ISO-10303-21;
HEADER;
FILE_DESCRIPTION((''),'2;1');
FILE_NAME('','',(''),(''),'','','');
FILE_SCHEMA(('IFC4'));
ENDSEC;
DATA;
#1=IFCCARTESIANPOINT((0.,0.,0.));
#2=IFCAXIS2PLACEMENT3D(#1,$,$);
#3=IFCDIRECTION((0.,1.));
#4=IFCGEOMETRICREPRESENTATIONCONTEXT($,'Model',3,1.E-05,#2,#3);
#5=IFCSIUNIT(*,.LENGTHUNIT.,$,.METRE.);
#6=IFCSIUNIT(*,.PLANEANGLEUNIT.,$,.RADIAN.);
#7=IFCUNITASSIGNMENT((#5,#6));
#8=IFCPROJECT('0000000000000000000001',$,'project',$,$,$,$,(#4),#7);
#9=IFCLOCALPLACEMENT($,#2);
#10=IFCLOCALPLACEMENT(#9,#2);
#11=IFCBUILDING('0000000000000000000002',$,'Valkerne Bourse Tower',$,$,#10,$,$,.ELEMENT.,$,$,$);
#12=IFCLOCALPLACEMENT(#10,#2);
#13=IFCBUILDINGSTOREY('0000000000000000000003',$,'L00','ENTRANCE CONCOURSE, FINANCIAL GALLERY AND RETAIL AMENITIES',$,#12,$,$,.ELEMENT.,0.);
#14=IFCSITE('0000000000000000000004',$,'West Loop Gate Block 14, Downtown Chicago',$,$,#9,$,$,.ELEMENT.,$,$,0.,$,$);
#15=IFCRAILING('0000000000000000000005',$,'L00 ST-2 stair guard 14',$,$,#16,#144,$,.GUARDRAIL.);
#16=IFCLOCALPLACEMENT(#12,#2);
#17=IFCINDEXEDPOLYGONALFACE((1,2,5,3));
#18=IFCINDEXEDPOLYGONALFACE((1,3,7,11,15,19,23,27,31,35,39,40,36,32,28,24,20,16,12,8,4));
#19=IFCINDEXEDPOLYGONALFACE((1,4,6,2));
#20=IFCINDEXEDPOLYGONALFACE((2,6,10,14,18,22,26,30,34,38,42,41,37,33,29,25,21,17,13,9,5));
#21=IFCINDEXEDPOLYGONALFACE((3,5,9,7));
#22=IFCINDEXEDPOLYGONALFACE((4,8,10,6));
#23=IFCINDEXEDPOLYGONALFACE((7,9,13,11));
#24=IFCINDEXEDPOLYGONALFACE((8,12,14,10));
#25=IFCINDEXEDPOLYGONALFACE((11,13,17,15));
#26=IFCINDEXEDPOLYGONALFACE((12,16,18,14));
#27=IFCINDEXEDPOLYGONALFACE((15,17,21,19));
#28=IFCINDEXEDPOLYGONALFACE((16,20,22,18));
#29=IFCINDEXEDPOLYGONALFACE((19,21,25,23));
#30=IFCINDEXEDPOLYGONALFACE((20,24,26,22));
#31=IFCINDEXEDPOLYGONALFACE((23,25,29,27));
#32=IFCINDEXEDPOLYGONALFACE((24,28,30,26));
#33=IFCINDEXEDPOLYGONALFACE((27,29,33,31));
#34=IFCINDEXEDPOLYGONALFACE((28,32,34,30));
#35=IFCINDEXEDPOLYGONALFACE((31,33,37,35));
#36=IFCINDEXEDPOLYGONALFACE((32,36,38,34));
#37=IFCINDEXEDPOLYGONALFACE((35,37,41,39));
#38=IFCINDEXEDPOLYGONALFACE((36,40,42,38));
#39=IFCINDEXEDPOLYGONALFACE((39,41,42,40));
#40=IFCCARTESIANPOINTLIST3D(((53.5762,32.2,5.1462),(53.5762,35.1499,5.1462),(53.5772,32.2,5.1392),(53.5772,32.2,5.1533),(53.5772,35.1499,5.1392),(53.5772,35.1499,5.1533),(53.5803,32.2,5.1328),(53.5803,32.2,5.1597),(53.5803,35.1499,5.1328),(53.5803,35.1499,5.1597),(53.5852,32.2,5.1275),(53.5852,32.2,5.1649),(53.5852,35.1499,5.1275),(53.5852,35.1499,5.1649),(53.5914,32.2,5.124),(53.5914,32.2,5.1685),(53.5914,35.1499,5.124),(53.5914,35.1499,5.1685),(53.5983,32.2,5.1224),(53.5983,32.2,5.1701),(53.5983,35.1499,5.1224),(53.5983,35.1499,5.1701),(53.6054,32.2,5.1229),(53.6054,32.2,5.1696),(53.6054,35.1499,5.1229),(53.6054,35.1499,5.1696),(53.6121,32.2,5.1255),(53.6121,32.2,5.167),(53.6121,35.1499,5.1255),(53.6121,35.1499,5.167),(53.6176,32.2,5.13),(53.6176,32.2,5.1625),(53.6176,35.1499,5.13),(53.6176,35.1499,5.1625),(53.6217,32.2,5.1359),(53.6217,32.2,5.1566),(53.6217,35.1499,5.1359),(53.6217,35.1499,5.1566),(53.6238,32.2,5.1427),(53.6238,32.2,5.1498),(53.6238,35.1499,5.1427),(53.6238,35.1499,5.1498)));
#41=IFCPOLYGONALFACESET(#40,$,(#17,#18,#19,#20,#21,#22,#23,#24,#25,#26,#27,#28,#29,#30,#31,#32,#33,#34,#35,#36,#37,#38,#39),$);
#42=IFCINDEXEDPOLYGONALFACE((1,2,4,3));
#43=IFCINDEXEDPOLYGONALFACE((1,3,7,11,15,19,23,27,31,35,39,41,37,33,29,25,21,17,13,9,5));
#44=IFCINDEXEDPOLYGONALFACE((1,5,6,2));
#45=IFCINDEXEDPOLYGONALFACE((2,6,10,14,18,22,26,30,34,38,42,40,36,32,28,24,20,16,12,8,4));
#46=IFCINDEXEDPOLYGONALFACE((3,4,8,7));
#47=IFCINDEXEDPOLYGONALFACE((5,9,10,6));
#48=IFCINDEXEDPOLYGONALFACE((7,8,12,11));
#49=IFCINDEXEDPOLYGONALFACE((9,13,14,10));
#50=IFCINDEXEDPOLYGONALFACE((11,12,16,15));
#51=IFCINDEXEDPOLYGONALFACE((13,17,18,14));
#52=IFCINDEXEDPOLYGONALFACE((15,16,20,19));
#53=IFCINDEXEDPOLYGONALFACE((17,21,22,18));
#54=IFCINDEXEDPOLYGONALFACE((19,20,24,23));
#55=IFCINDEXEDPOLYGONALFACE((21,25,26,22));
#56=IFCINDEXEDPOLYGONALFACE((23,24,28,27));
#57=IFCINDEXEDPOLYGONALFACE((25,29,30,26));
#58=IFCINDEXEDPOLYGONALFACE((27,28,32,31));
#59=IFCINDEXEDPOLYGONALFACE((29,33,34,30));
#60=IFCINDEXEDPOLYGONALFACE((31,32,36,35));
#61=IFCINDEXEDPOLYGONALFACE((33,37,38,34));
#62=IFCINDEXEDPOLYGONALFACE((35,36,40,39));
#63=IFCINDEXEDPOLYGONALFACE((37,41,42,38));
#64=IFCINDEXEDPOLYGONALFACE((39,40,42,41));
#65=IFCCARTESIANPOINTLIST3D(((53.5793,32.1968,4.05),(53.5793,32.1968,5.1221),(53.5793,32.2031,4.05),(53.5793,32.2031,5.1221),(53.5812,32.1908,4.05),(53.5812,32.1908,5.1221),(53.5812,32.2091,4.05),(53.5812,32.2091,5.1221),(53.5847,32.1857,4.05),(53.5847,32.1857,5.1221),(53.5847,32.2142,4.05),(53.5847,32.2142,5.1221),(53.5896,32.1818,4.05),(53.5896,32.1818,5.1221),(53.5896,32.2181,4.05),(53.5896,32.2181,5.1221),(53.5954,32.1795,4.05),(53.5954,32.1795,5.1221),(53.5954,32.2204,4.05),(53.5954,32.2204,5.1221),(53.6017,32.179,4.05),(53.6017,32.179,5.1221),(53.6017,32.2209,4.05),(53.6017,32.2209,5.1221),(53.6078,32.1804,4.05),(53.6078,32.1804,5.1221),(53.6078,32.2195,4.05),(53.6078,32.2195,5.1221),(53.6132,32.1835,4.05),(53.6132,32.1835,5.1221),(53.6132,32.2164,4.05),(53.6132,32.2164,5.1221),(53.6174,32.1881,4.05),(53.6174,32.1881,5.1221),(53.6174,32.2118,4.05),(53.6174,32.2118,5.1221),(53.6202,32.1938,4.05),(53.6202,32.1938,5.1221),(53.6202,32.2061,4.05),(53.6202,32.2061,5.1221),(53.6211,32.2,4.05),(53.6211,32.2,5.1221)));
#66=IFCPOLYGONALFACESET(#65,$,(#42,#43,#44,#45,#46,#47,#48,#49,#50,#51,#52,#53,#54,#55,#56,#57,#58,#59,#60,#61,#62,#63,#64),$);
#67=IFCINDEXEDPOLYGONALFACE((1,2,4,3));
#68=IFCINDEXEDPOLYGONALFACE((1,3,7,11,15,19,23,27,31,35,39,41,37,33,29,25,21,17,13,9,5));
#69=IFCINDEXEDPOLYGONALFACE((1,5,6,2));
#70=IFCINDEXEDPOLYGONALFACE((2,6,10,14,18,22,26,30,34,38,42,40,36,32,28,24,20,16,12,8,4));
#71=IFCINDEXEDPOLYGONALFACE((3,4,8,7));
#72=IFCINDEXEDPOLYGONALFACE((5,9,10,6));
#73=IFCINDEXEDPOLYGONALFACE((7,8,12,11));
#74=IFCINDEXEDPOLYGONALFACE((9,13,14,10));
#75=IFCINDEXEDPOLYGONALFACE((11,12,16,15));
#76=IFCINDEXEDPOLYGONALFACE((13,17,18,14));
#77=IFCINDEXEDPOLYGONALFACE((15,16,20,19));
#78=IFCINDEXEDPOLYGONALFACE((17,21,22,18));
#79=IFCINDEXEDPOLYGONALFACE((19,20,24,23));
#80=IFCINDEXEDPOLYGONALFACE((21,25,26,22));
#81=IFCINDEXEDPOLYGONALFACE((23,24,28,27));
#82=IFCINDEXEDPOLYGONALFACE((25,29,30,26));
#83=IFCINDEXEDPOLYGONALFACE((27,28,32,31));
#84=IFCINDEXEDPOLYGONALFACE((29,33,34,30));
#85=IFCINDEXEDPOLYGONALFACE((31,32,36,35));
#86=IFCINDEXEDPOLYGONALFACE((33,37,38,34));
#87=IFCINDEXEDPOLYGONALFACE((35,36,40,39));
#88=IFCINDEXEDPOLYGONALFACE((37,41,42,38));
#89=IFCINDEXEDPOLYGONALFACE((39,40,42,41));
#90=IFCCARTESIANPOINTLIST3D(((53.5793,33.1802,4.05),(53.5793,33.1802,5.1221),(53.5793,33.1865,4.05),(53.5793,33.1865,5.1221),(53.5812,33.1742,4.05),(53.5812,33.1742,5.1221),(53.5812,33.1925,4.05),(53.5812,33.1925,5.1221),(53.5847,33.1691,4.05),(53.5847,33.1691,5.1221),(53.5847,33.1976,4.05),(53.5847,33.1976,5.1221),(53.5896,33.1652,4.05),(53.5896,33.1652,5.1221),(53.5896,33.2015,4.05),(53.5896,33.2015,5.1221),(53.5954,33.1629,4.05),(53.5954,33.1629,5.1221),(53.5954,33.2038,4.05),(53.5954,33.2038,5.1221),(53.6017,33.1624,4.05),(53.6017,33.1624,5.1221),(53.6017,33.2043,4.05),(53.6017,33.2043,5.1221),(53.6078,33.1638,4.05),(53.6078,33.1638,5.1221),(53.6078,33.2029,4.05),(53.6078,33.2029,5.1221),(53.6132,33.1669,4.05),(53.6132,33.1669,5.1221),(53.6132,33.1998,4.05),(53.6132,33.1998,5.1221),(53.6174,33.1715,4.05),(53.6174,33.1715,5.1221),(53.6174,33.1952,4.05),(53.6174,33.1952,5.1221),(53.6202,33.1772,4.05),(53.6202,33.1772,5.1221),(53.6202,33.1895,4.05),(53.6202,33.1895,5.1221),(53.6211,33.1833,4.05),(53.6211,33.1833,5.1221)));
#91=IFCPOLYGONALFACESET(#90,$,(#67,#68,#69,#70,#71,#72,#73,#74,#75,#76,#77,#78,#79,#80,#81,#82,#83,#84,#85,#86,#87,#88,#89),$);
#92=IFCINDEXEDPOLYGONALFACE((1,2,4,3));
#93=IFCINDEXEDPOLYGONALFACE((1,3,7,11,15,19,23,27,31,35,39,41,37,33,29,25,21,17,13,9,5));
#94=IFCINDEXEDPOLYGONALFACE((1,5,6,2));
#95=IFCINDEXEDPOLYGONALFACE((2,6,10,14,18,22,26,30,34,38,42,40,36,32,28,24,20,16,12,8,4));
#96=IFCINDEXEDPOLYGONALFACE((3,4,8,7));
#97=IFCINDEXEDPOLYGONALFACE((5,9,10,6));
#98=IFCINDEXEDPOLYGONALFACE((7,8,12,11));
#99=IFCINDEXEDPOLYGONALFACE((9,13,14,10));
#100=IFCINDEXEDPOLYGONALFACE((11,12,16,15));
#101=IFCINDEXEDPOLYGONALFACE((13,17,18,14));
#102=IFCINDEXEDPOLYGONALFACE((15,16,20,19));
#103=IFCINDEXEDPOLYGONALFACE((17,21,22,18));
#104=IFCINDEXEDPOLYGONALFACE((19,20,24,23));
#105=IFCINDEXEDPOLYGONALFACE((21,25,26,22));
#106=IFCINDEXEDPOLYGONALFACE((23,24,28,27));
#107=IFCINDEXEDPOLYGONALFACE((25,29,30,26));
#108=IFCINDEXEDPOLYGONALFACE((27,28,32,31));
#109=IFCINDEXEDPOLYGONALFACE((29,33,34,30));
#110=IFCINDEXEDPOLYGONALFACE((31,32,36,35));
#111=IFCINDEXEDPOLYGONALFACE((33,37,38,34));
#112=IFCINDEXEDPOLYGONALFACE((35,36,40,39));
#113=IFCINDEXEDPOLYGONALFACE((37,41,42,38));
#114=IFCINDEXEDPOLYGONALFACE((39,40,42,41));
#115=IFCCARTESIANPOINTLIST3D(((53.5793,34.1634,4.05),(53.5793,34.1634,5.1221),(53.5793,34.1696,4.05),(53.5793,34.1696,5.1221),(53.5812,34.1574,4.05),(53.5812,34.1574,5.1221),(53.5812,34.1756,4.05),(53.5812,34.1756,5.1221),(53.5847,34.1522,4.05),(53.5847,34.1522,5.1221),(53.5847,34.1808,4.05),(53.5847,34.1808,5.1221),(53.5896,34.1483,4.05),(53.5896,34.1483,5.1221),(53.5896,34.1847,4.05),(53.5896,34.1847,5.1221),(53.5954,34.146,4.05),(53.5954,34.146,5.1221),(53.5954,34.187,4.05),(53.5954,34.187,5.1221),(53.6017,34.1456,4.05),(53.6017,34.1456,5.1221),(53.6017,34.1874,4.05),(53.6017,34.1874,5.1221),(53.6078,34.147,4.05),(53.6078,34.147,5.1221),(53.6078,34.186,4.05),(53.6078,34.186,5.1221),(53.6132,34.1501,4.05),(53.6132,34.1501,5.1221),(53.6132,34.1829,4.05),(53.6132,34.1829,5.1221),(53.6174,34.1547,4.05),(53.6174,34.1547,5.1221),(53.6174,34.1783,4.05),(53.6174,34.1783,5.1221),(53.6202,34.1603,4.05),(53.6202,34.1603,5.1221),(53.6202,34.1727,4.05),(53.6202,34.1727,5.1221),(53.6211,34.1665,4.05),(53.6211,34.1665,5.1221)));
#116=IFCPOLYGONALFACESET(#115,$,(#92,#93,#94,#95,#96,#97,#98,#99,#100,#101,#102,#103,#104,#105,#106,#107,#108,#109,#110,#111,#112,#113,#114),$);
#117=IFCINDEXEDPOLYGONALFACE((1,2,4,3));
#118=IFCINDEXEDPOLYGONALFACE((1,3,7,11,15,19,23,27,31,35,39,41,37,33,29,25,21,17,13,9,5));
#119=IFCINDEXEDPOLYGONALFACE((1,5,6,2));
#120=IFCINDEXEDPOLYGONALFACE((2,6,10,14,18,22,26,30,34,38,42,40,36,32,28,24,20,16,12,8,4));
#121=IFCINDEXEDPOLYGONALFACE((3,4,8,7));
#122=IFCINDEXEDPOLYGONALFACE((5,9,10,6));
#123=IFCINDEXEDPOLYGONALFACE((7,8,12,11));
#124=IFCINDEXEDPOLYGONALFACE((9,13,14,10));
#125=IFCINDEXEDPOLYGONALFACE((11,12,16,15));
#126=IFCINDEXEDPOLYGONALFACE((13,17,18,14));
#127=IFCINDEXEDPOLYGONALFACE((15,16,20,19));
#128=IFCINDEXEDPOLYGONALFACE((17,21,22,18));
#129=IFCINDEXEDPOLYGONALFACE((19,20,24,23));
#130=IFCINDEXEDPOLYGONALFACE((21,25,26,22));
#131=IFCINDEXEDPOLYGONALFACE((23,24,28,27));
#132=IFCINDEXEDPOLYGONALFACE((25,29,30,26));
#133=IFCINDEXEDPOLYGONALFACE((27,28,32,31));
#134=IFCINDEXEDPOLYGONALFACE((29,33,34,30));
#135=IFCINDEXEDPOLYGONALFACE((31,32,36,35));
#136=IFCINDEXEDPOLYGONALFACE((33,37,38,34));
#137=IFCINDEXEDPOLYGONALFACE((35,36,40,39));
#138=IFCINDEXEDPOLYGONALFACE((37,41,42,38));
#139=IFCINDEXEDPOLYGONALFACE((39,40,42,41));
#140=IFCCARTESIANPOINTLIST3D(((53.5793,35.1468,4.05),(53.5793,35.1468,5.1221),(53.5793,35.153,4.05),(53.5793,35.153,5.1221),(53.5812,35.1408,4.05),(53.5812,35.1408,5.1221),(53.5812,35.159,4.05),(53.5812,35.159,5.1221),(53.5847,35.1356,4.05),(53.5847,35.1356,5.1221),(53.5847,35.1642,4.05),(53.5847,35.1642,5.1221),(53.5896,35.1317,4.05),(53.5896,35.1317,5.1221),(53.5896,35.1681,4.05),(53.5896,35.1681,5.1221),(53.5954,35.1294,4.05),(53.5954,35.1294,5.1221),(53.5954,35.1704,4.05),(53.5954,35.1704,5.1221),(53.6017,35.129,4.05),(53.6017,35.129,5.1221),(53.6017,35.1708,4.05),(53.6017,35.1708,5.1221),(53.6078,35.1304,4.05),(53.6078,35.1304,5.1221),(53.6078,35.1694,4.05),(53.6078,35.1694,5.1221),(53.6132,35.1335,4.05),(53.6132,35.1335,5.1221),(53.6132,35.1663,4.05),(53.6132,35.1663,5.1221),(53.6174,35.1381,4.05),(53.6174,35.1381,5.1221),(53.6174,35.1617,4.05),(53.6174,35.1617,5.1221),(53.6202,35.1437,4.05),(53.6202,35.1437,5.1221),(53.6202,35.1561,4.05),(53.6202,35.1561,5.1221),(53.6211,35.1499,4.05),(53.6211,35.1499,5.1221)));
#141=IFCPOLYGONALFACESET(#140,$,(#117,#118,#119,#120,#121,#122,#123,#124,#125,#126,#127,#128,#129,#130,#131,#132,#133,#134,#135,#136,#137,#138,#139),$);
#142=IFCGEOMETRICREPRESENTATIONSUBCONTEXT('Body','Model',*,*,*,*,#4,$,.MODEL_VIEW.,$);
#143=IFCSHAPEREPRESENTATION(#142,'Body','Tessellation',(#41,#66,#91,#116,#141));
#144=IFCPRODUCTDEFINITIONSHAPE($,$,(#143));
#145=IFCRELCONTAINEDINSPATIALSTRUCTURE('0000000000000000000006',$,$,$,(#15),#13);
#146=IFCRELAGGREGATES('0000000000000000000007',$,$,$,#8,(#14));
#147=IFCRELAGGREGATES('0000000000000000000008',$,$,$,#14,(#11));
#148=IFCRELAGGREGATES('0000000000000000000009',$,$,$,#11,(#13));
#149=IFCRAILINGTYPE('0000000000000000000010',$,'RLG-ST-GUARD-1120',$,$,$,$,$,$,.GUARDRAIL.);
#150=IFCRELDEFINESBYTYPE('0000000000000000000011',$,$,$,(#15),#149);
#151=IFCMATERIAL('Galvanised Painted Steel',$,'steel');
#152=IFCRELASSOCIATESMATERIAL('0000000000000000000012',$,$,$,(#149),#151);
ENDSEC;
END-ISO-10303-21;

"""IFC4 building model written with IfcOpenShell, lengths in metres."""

from ifc_helpers import new_model, si_unit, direction, frame, origin, origin_2d, place, context, subcontext, project, spatial, circle, extrude, material, type_object, element, save


model = new_model("IFC4")

# Units and contexts
model_context = context("Model", 3, precision=1e-05, world=origin(), true_north=direction((0.0, 1.0)))
body_context = subcontext(model_context, "Body", "Model", "MODEL_VIEW")
ifc_project = project(units=[si_unit("LENGTHUNIT", "METRE"), si_unit("PLANEANGLEUNIT", "RADIAN")], contexts=[model_context])

# Site, building, storey
site_placement = place(None, origin())
site = spatial("IfcSite", under=ifc_project, at=site_placement, Name="West Loop Gate Block 14, Downtown Chicago", CompositionType="ELEMENT", RefElevation=0.0)
building_placement = place(site_placement, origin())
building = spatial("IfcBuilding", under=site, at=building_placement, Name="Valkerne Bourse Tower", CompositionType="ELEMENT")
storey_placement = place(building_placement, origin())
storey = spatial("IfcBuildingStorey", under=building, at=storey_placement, Name="L00", Description="ENTRANCE CONCOURSE, FINANCIAL GALLERY AND RETAIL AMENITIES", CompositionType="ELEMENT", Elevation=0.0)

# Shared definitions
ifc_material_1 = material(Name="Galvanised Painted Steel", Category="steel")

# Railing
railing_type_1 = type_object("IfcRailingType", Name="RLG-ST-GUARD-1120", PredefinedType="GUARDRAIL", material=ifc_material_1)
railing_1_placement = place(storey_placement, frame((53.6001, 32.2, 4.05)))
element("IfcRailing", 1, at=railing_1_placement, inside=storey, type_object=railing_type_1, Name="L00 ST-2 stair guard 14", PredefinedType="GUARDRAIL", context=body_context, shape_type="SweptSolid", body=[
    extrude(circle(Radius=0.0239, at=origin_2d()), frame((0.0, 0.0, 1.0962), z_axis=(0.0, 1.0, 0.0), x_axis=(-1.0, 0.0, 0.0)), (0.0, 0.0, 1.0), 2.95),
    extrude(circle(Radius=0.021, at=origin_2d()), origin(), (0.0, 0.0, 1.0), 1.072),
    extrude(circle(Radius=0.021, at=origin_2d()), frame((0.0, 0.9834, 0.0)), (0.0, 0.0, 1.0), 1.072),
    extrude(circle(Radius=0.021, at=origin_2d()), frame((0.0, 1.9666, 0.0)), (0.0, 0.0, 1.0), 1.072),
    extrude(circle(Radius=0.021, at=origin_2d()), frame((0.0, 2.95, 0.0)), (0.0, 0.0, 1.0), 1.072),
])

save(model, "model.ifc")
